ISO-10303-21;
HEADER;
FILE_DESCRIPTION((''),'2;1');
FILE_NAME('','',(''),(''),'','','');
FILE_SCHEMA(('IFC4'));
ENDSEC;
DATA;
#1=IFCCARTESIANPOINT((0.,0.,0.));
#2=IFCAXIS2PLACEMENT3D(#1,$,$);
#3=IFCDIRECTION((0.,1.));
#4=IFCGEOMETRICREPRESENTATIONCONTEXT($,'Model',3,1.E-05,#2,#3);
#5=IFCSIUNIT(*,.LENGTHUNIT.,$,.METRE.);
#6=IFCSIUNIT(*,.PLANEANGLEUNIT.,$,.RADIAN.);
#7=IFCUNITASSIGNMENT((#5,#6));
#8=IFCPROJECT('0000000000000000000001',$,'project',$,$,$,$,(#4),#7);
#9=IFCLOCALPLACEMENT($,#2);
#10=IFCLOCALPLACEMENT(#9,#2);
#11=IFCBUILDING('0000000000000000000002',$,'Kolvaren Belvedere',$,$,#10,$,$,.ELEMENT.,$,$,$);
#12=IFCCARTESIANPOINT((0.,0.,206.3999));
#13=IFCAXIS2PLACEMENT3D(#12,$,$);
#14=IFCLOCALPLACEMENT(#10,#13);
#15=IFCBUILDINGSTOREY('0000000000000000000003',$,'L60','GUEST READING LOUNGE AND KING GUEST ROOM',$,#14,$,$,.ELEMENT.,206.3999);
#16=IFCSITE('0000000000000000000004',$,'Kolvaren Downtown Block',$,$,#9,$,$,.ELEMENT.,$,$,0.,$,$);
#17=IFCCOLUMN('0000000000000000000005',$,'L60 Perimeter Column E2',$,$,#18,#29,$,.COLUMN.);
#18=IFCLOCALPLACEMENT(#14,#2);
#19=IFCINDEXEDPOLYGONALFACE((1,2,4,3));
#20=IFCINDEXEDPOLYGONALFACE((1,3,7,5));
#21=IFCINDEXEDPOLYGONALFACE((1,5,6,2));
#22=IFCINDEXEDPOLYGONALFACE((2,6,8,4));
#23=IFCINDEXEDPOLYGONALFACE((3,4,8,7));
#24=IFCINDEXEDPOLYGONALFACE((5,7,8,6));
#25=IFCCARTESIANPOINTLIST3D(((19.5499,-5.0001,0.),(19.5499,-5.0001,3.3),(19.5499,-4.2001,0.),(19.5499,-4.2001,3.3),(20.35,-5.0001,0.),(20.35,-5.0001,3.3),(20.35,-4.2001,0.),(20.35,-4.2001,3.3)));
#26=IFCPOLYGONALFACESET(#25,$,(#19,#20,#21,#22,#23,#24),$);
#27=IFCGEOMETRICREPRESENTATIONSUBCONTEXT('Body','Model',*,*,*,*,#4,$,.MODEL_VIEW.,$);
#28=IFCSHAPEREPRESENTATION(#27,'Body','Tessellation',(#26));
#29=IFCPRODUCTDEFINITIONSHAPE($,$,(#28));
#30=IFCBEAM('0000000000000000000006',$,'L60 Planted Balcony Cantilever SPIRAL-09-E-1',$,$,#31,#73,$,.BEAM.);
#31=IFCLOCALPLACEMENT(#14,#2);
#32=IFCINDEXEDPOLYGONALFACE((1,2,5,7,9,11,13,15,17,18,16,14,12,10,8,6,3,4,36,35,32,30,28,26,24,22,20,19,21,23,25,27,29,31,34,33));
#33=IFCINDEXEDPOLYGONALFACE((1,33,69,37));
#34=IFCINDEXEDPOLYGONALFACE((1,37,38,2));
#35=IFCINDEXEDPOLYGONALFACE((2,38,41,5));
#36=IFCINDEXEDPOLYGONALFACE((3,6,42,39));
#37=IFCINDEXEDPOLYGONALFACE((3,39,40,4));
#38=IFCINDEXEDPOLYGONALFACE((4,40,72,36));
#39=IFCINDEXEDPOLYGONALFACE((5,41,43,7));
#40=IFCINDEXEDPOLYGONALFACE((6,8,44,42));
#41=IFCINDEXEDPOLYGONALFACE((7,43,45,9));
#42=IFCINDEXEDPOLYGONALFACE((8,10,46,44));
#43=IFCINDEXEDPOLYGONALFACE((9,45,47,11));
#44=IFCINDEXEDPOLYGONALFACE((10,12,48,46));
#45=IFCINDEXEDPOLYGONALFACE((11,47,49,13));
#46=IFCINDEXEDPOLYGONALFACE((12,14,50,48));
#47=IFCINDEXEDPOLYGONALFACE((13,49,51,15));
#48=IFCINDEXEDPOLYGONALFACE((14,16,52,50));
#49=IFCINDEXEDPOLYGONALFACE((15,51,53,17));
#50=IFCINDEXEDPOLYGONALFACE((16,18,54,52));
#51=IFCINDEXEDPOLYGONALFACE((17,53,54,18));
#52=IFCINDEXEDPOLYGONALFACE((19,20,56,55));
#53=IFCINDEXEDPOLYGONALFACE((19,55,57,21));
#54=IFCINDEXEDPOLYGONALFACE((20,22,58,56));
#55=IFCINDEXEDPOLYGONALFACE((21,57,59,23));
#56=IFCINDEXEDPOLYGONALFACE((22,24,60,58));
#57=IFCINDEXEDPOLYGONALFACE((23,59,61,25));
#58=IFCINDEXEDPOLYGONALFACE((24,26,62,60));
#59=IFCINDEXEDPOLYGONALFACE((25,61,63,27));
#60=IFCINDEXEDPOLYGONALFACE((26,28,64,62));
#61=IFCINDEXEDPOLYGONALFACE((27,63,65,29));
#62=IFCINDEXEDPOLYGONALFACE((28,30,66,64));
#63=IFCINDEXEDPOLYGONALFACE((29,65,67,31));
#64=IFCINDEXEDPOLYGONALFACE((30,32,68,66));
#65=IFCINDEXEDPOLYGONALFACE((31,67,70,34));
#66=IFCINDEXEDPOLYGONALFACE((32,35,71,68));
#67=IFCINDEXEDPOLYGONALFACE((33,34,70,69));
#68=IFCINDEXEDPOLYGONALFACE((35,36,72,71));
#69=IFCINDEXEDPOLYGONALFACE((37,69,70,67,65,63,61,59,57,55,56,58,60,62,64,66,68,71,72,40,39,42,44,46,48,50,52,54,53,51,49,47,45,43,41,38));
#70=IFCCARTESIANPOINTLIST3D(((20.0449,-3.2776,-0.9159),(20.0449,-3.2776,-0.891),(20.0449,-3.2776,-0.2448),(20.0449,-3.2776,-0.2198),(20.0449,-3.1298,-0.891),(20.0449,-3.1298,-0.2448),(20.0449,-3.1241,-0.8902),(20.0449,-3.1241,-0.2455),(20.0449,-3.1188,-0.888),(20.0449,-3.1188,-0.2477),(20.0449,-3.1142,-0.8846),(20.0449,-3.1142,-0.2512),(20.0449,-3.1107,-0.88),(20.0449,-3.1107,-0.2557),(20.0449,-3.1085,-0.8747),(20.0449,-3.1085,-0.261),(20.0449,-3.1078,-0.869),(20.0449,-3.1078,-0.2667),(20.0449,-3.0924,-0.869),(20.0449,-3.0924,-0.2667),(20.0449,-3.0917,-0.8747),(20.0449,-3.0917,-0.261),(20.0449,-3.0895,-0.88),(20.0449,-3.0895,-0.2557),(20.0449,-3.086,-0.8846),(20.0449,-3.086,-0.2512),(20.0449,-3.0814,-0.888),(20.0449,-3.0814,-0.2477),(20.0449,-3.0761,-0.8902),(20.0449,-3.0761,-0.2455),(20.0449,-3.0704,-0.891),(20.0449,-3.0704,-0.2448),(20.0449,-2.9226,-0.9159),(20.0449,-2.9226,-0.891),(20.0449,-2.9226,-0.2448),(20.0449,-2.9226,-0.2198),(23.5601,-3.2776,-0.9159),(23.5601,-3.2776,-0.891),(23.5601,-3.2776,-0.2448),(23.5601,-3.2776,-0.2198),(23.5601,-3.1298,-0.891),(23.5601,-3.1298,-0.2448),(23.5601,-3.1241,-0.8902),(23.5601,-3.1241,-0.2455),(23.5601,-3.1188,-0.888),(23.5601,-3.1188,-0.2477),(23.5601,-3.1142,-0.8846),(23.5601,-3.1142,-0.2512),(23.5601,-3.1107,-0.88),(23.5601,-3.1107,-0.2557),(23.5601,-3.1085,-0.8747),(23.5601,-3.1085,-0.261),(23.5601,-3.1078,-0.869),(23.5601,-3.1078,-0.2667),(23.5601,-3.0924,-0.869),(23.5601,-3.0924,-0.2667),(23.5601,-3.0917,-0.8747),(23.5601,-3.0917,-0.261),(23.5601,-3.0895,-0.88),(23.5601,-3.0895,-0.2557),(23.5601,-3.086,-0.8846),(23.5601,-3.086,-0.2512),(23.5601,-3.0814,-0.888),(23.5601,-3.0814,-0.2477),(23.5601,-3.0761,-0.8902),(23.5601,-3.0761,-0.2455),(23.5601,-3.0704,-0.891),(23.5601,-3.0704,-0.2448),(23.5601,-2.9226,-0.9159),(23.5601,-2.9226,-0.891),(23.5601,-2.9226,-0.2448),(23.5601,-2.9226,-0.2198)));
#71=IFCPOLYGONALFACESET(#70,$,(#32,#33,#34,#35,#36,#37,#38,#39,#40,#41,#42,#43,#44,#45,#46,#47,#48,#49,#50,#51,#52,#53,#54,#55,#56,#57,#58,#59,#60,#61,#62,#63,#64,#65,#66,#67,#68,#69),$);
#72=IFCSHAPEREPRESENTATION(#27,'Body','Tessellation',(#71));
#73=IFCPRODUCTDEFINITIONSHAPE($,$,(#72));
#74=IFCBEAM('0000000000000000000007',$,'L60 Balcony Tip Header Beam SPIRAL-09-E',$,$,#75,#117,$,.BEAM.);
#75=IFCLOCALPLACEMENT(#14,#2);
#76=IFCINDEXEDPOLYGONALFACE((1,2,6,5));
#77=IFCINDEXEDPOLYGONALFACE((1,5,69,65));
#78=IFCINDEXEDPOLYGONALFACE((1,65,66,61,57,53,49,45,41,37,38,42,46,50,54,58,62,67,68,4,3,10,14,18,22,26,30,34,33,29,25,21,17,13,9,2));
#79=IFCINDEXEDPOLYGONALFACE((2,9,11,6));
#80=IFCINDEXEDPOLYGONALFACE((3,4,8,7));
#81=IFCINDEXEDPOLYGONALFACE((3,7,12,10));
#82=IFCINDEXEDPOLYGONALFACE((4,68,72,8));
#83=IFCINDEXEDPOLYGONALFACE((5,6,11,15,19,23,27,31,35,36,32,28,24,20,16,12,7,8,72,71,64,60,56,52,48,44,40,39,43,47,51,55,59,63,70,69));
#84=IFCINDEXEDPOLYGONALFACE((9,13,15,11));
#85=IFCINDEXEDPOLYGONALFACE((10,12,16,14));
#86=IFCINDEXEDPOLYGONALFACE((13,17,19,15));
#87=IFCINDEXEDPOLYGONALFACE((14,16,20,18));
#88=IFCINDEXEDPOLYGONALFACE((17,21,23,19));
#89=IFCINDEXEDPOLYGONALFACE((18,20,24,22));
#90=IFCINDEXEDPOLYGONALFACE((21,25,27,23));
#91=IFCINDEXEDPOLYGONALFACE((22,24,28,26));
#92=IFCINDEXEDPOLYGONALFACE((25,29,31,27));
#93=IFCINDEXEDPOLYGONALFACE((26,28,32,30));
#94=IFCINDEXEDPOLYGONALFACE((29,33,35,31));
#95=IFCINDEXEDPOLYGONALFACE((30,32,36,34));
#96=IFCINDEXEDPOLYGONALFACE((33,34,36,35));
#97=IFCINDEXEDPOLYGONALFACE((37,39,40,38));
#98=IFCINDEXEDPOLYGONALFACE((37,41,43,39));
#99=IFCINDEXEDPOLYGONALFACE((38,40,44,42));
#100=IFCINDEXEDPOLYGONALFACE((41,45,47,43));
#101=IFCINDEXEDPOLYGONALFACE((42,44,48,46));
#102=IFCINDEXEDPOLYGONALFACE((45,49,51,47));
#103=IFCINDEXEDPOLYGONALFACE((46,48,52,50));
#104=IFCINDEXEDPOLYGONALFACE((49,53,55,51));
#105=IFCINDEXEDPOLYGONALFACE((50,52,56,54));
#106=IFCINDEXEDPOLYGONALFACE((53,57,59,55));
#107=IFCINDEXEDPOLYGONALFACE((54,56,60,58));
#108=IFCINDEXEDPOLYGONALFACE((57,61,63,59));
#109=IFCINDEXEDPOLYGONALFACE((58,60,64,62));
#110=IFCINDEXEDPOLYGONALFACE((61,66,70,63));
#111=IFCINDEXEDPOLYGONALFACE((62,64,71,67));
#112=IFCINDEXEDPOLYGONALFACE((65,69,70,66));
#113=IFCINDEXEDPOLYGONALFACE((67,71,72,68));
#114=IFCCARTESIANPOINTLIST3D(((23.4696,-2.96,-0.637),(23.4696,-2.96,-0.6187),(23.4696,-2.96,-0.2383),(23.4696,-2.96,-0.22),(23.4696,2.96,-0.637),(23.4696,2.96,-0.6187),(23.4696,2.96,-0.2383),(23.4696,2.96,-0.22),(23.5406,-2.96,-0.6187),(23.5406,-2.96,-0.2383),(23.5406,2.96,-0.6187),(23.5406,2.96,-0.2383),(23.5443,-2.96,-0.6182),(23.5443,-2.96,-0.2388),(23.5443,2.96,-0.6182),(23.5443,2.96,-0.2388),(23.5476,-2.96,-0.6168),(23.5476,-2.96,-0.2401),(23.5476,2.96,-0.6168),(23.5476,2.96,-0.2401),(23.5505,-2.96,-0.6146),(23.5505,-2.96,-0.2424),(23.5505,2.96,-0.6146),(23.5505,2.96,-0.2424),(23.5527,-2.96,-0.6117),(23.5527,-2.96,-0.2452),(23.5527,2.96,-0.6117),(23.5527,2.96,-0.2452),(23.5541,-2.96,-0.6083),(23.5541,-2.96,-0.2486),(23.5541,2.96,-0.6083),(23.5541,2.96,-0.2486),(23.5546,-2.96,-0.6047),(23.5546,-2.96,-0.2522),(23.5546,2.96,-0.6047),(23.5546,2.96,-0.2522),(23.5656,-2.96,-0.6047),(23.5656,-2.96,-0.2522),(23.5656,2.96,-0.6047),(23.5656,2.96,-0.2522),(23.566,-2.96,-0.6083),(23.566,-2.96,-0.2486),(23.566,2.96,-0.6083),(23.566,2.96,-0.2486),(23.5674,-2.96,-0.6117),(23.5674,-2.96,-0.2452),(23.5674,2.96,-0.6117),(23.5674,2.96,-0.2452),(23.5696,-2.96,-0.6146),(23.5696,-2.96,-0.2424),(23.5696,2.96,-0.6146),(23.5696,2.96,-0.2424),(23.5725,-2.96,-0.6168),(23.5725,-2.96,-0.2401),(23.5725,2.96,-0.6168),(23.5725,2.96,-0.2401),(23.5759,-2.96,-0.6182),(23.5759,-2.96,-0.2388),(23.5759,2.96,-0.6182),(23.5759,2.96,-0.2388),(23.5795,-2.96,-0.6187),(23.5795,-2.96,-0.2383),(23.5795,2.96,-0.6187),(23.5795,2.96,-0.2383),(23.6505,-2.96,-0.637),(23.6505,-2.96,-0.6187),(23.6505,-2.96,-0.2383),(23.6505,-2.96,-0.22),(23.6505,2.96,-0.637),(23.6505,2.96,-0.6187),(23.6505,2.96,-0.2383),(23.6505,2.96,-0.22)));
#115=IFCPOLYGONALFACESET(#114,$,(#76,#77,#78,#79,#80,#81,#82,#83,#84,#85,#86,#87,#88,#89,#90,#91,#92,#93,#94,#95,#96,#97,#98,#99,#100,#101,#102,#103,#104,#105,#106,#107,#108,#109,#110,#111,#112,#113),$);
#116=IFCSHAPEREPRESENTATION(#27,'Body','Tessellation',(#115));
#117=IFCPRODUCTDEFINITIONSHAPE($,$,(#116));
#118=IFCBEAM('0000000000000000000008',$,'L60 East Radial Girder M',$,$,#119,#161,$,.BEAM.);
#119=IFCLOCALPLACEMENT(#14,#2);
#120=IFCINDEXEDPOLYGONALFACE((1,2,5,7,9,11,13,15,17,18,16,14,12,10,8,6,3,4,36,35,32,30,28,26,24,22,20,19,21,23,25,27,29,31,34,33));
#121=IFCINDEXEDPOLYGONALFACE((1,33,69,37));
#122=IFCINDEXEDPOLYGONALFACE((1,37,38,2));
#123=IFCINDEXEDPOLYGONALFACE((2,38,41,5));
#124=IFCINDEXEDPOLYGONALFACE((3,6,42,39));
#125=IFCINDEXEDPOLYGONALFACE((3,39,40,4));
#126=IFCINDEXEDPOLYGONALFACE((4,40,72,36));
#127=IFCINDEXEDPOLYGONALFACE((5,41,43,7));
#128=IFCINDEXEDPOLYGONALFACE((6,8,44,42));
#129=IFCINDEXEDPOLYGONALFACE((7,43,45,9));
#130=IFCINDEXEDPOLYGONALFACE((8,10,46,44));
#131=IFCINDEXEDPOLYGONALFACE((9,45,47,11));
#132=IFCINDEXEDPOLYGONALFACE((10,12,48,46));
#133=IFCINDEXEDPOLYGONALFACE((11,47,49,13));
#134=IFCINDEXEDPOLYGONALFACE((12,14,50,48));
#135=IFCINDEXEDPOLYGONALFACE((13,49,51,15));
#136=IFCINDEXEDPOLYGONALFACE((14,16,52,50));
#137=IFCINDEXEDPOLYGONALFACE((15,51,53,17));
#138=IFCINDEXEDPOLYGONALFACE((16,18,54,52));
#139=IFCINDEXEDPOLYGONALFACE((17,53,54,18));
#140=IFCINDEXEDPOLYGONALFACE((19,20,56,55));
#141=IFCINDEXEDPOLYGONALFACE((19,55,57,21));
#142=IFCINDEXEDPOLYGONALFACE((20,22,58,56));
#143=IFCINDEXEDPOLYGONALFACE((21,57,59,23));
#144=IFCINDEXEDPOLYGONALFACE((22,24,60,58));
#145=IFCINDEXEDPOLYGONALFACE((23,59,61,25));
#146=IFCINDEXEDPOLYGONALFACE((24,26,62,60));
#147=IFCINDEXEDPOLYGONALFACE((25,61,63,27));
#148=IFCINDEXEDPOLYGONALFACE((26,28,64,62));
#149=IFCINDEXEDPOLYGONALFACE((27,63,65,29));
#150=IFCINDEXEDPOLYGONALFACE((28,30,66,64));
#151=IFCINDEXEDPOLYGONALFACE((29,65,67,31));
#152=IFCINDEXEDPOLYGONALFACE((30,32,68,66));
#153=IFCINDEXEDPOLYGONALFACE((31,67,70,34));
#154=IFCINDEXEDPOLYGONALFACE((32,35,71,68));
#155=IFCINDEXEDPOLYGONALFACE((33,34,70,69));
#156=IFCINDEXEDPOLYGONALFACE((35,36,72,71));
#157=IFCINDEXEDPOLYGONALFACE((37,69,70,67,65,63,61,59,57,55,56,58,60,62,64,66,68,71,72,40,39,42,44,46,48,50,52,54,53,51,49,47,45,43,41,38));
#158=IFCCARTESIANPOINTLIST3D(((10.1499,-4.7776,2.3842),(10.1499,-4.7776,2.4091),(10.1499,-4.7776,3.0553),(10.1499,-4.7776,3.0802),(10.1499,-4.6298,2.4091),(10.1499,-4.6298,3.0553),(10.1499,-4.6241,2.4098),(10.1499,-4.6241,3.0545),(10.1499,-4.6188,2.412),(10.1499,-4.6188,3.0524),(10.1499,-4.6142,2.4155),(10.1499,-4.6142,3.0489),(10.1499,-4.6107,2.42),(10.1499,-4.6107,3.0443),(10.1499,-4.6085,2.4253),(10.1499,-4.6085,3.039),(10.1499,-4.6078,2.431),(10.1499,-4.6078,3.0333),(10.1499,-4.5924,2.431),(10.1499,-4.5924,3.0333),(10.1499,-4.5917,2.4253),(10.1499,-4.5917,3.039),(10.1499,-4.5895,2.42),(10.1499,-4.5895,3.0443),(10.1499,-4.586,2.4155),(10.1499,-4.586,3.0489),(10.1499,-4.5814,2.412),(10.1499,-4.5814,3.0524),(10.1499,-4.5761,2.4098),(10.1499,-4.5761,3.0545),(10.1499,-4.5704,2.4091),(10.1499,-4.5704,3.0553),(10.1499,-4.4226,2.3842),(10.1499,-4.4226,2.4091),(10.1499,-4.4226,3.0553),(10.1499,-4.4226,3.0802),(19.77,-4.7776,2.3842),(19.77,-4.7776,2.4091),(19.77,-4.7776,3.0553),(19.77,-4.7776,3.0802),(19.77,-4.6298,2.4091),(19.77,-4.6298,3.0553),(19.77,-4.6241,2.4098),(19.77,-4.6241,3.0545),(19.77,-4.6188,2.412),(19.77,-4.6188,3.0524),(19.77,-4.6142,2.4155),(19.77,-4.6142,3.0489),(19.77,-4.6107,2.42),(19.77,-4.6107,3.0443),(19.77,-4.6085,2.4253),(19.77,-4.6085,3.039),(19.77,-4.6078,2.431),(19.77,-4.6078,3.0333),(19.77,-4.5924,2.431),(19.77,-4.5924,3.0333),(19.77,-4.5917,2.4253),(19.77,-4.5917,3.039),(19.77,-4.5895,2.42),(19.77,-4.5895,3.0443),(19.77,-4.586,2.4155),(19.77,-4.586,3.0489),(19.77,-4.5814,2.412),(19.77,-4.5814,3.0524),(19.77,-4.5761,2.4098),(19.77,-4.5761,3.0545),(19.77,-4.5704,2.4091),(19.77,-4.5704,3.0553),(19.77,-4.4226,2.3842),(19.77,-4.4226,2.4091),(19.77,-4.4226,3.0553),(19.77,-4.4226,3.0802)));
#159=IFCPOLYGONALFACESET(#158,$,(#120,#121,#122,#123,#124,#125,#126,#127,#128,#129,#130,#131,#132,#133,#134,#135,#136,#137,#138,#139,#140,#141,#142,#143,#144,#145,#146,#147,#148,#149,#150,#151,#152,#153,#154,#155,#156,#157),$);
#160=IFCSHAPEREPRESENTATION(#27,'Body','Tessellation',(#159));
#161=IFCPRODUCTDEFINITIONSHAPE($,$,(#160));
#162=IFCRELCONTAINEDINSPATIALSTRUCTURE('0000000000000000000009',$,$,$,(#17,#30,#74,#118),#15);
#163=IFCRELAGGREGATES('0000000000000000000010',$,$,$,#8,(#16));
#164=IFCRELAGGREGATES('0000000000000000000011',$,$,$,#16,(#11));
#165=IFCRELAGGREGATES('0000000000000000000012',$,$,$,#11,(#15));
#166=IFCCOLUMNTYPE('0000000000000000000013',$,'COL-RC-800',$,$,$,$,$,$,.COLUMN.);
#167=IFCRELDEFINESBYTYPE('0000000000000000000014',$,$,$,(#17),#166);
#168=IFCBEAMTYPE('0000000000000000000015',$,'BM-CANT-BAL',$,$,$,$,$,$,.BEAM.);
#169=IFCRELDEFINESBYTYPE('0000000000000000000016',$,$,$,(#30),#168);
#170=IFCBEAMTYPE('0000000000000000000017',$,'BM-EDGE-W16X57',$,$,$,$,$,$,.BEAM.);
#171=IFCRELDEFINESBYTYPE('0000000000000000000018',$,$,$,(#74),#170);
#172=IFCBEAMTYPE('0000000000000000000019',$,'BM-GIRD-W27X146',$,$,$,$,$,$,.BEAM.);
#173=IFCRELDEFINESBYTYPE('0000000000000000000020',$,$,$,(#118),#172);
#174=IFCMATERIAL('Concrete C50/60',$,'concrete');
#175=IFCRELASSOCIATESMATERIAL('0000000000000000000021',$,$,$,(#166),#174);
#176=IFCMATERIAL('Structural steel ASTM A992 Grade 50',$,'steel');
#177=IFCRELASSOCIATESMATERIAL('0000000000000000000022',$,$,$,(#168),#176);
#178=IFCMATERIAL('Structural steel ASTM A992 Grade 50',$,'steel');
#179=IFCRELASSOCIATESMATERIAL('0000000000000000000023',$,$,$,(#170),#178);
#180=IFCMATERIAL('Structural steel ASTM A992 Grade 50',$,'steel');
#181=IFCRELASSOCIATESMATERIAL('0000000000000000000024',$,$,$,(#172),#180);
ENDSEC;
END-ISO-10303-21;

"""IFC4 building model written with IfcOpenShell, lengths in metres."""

from ifc_helpers import new_model, si_unit, direction, frame, origin, origin_2d, place, context, subcontext, project, spatial, rectangle, i_section, extrude, material, material_profile, profile_set, type_object, element, save


model = new_model("IFC4")

# Units and contexts
model_context = context("Model", 3, precision=1e-05, world=origin(), true_north=direction((0.0, 1.0)))
body_context = subcontext(model_context, "Body", "Model", "MODEL_VIEW")
ifc_project = project(units=[si_unit("LENGTHUNIT", "METRE"), si_unit("PLANEANGLEUNIT", "RADIAN")], contexts=[model_context])

# Site, building, storey
site_placement = place(None, origin())
site = spatial("IfcSite", under=ifc_project, at=site_placement, Name="Kolvaren Downtown Block", CompositionType="ELEMENT", RefElevation=0.0)
building_placement = place(site_placement, origin())
building = spatial("IfcBuilding", under=site, at=building_placement, Name="Kolvaren Belvedere", CompositionType="ELEMENT")
storey_placement = place(building_placement, frame((0.0, 0.0, 206.3999)))
storey = spatial("IfcBuildingStorey", under=building, at=storey_placement, Name="L60", Description="GUEST READING LOUNGE AND KING GUEST ROOM", CompositionType="ELEMENT", Elevation=206.3999)

# Column
ifc_material_1 = material(Name="Concrete C50/60", Category="concrete")
ifc_material_profile_1 = material_profile(ifc_material_1, rectangle(XDim=0.8, YDim=0.8, at=origin_2d()), Name="RC 800X800")
ifc_profile_set_1 = profile_set([ifc_material_profile_1], Name="Concrete C50/60")
column_type = type_object("IfcColumnType", Name="COL-RC-800", PredefinedType="COLUMN", material=ifc_profile_set_1)
column_placement = place(storey_placement, frame((19.95, -4.6001, 0.0), z_axis=(0.0, 0.0, 1.0), x_axis=(1.0, 0.0, 0.0)))
element("IfcColumn", 1, at=column_placement, inside=storey, type_object=column_type, Name="L60 Perimeter Column E2", PredefinedType="COLUMN", context=body_context, shape_type="SweptSolid", body=[
    extrude(rectangle(XDim=0.8, YDim=0.8, at=origin_2d()), origin(), (0.0, 0.0, 1.0), 3.3),
])

# Beams
ifc_material_2 = material(Name="Structural steel ASTM A992 Grade 50", Category="steel")
ifc_material_profile_2 = material_profile(ifc_material_2, i_section(OverallWidth=0.355, OverallDepth=0.696, WebThickness=0.0154, FlangeThickness=0.0249, FilletRadius=0.022, at=origin_2d()), Name="W27X146")
ifc_profile_set_2 = profile_set([ifc_material_profile_2], Name="Structural steel ASTM A992 Grade 50")
beam_type_1 = type_object("IfcBeamType", Name="BM-CANT-BAL", PredefinedType="BEAM", material=ifc_profile_set_2)
beam_1_placement = place(storey_placement, frame((20.0449, -3.1001, -0.5679), z_axis=(1.0, 0.0, 0.0), x_axis=(0.0, 1.0, 0.0)))
element("IfcBeam", 2, at=beam_1_placement, inside=storey, type_object=beam_type_1, Name="L60 Planted Balcony Cantilever SPIRAL-09-E-1", PredefinedType="BEAM", context=body_context, shape_type="SweptSolid", body=[
    extrude(i_section(OverallWidth=0.355, OverallDepth=0.696, WebThickness=0.0154, FlangeThickness=0.0249, FilletRadius=0.022, at=origin_2d()), origin(), (0.0, 0.0, 1.0), 3.5151),
])
ifc_material_3 = material(Name="Structural steel ASTM A992 Grade 50", Category="steel")
ifc_material_profile_3 = material_profile(ifc_material_3, i_section(OverallWidth=0.1809, OverallDepth=0.417, WebThickness=0.011, FlangeThickness=0.0183, FilletRadius=0.0139, at=origin_2d()), Name="W16X57")
ifc_profile_set_3 = profile_set([ifc_material_profile_3], Name="Structural steel ASTM A992 Grade 50")
beam_type_2 = type_object("IfcBeamType", Name="BM-EDGE-W16X57", PredefinedType="BEAM", material=ifc_profile_set_3)
beam_2_placement = place(storey_placement, frame((23.5601, -2.96, -0.4285), z_axis=(0.0, 1.0, 0.0), x_axis=(-1.0, 0.0, 0.0)))
element("IfcBeam", 3, at=beam_2_placement, inside=storey, type_object=beam_type_2, Name="L60 Balcony Tip Header Beam SPIRAL-09-E", PredefinedType="BEAM", context=body_context, shape_type="SweptSolid", body=[
    extrude(i_section(OverallWidth=0.1809, OverallDepth=0.417, WebThickness=0.011, FlangeThickness=0.0183, FilletRadius=0.0139, at=origin_2d()), origin(), (0.0, 0.0, 1.0), 5.9199),
])
ifc_material_4 = material(Name="Structural steel ASTM A992 Grade 50", Category="steel")
ifc_material_profile_4 = material_profile(ifc_material_4, i_section(OverallWidth=0.355, OverallDepth=0.696, WebThickness=0.0154, FlangeThickness=0.0249, FilletRadius=0.022, at=origin_2d()), Name="W27X146")
ifc_profile_set_4 = profile_set([ifc_material_profile_4], Name="Structural steel ASTM A992 Grade 50")
beam_type_3 = type_object("IfcBeamType", Name="BM-GIRD-W27X146", PredefinedType="BEAM", material=ifc_profile_set_4)
beam_3_placement = place(storey_placement, frame((10.1499, -4.6001, 2.7322), z_axis=(1.0, 0.0, 0.0), x_axis=(0.0, 1.0, 0.0)))
element("IfcBeam", 4, at=beam_3_placement, inside=storey, type_object=beam_type_3, Name="L60 East Radial Girder M", PredefinedType="BEAM", context=body_context, shape_type="SweptSolid", body=[
    extrude(i_section(OverallWidth=0.355, OverallDepth=0.696, WebThickness=0.0154, FlangeThickness=0.0249, FilletRadius=0.022, at=origin_2d()), origin(), (0.0, 0.0, 1.0), 9.6201),
])

save(model, "model.ifc")
